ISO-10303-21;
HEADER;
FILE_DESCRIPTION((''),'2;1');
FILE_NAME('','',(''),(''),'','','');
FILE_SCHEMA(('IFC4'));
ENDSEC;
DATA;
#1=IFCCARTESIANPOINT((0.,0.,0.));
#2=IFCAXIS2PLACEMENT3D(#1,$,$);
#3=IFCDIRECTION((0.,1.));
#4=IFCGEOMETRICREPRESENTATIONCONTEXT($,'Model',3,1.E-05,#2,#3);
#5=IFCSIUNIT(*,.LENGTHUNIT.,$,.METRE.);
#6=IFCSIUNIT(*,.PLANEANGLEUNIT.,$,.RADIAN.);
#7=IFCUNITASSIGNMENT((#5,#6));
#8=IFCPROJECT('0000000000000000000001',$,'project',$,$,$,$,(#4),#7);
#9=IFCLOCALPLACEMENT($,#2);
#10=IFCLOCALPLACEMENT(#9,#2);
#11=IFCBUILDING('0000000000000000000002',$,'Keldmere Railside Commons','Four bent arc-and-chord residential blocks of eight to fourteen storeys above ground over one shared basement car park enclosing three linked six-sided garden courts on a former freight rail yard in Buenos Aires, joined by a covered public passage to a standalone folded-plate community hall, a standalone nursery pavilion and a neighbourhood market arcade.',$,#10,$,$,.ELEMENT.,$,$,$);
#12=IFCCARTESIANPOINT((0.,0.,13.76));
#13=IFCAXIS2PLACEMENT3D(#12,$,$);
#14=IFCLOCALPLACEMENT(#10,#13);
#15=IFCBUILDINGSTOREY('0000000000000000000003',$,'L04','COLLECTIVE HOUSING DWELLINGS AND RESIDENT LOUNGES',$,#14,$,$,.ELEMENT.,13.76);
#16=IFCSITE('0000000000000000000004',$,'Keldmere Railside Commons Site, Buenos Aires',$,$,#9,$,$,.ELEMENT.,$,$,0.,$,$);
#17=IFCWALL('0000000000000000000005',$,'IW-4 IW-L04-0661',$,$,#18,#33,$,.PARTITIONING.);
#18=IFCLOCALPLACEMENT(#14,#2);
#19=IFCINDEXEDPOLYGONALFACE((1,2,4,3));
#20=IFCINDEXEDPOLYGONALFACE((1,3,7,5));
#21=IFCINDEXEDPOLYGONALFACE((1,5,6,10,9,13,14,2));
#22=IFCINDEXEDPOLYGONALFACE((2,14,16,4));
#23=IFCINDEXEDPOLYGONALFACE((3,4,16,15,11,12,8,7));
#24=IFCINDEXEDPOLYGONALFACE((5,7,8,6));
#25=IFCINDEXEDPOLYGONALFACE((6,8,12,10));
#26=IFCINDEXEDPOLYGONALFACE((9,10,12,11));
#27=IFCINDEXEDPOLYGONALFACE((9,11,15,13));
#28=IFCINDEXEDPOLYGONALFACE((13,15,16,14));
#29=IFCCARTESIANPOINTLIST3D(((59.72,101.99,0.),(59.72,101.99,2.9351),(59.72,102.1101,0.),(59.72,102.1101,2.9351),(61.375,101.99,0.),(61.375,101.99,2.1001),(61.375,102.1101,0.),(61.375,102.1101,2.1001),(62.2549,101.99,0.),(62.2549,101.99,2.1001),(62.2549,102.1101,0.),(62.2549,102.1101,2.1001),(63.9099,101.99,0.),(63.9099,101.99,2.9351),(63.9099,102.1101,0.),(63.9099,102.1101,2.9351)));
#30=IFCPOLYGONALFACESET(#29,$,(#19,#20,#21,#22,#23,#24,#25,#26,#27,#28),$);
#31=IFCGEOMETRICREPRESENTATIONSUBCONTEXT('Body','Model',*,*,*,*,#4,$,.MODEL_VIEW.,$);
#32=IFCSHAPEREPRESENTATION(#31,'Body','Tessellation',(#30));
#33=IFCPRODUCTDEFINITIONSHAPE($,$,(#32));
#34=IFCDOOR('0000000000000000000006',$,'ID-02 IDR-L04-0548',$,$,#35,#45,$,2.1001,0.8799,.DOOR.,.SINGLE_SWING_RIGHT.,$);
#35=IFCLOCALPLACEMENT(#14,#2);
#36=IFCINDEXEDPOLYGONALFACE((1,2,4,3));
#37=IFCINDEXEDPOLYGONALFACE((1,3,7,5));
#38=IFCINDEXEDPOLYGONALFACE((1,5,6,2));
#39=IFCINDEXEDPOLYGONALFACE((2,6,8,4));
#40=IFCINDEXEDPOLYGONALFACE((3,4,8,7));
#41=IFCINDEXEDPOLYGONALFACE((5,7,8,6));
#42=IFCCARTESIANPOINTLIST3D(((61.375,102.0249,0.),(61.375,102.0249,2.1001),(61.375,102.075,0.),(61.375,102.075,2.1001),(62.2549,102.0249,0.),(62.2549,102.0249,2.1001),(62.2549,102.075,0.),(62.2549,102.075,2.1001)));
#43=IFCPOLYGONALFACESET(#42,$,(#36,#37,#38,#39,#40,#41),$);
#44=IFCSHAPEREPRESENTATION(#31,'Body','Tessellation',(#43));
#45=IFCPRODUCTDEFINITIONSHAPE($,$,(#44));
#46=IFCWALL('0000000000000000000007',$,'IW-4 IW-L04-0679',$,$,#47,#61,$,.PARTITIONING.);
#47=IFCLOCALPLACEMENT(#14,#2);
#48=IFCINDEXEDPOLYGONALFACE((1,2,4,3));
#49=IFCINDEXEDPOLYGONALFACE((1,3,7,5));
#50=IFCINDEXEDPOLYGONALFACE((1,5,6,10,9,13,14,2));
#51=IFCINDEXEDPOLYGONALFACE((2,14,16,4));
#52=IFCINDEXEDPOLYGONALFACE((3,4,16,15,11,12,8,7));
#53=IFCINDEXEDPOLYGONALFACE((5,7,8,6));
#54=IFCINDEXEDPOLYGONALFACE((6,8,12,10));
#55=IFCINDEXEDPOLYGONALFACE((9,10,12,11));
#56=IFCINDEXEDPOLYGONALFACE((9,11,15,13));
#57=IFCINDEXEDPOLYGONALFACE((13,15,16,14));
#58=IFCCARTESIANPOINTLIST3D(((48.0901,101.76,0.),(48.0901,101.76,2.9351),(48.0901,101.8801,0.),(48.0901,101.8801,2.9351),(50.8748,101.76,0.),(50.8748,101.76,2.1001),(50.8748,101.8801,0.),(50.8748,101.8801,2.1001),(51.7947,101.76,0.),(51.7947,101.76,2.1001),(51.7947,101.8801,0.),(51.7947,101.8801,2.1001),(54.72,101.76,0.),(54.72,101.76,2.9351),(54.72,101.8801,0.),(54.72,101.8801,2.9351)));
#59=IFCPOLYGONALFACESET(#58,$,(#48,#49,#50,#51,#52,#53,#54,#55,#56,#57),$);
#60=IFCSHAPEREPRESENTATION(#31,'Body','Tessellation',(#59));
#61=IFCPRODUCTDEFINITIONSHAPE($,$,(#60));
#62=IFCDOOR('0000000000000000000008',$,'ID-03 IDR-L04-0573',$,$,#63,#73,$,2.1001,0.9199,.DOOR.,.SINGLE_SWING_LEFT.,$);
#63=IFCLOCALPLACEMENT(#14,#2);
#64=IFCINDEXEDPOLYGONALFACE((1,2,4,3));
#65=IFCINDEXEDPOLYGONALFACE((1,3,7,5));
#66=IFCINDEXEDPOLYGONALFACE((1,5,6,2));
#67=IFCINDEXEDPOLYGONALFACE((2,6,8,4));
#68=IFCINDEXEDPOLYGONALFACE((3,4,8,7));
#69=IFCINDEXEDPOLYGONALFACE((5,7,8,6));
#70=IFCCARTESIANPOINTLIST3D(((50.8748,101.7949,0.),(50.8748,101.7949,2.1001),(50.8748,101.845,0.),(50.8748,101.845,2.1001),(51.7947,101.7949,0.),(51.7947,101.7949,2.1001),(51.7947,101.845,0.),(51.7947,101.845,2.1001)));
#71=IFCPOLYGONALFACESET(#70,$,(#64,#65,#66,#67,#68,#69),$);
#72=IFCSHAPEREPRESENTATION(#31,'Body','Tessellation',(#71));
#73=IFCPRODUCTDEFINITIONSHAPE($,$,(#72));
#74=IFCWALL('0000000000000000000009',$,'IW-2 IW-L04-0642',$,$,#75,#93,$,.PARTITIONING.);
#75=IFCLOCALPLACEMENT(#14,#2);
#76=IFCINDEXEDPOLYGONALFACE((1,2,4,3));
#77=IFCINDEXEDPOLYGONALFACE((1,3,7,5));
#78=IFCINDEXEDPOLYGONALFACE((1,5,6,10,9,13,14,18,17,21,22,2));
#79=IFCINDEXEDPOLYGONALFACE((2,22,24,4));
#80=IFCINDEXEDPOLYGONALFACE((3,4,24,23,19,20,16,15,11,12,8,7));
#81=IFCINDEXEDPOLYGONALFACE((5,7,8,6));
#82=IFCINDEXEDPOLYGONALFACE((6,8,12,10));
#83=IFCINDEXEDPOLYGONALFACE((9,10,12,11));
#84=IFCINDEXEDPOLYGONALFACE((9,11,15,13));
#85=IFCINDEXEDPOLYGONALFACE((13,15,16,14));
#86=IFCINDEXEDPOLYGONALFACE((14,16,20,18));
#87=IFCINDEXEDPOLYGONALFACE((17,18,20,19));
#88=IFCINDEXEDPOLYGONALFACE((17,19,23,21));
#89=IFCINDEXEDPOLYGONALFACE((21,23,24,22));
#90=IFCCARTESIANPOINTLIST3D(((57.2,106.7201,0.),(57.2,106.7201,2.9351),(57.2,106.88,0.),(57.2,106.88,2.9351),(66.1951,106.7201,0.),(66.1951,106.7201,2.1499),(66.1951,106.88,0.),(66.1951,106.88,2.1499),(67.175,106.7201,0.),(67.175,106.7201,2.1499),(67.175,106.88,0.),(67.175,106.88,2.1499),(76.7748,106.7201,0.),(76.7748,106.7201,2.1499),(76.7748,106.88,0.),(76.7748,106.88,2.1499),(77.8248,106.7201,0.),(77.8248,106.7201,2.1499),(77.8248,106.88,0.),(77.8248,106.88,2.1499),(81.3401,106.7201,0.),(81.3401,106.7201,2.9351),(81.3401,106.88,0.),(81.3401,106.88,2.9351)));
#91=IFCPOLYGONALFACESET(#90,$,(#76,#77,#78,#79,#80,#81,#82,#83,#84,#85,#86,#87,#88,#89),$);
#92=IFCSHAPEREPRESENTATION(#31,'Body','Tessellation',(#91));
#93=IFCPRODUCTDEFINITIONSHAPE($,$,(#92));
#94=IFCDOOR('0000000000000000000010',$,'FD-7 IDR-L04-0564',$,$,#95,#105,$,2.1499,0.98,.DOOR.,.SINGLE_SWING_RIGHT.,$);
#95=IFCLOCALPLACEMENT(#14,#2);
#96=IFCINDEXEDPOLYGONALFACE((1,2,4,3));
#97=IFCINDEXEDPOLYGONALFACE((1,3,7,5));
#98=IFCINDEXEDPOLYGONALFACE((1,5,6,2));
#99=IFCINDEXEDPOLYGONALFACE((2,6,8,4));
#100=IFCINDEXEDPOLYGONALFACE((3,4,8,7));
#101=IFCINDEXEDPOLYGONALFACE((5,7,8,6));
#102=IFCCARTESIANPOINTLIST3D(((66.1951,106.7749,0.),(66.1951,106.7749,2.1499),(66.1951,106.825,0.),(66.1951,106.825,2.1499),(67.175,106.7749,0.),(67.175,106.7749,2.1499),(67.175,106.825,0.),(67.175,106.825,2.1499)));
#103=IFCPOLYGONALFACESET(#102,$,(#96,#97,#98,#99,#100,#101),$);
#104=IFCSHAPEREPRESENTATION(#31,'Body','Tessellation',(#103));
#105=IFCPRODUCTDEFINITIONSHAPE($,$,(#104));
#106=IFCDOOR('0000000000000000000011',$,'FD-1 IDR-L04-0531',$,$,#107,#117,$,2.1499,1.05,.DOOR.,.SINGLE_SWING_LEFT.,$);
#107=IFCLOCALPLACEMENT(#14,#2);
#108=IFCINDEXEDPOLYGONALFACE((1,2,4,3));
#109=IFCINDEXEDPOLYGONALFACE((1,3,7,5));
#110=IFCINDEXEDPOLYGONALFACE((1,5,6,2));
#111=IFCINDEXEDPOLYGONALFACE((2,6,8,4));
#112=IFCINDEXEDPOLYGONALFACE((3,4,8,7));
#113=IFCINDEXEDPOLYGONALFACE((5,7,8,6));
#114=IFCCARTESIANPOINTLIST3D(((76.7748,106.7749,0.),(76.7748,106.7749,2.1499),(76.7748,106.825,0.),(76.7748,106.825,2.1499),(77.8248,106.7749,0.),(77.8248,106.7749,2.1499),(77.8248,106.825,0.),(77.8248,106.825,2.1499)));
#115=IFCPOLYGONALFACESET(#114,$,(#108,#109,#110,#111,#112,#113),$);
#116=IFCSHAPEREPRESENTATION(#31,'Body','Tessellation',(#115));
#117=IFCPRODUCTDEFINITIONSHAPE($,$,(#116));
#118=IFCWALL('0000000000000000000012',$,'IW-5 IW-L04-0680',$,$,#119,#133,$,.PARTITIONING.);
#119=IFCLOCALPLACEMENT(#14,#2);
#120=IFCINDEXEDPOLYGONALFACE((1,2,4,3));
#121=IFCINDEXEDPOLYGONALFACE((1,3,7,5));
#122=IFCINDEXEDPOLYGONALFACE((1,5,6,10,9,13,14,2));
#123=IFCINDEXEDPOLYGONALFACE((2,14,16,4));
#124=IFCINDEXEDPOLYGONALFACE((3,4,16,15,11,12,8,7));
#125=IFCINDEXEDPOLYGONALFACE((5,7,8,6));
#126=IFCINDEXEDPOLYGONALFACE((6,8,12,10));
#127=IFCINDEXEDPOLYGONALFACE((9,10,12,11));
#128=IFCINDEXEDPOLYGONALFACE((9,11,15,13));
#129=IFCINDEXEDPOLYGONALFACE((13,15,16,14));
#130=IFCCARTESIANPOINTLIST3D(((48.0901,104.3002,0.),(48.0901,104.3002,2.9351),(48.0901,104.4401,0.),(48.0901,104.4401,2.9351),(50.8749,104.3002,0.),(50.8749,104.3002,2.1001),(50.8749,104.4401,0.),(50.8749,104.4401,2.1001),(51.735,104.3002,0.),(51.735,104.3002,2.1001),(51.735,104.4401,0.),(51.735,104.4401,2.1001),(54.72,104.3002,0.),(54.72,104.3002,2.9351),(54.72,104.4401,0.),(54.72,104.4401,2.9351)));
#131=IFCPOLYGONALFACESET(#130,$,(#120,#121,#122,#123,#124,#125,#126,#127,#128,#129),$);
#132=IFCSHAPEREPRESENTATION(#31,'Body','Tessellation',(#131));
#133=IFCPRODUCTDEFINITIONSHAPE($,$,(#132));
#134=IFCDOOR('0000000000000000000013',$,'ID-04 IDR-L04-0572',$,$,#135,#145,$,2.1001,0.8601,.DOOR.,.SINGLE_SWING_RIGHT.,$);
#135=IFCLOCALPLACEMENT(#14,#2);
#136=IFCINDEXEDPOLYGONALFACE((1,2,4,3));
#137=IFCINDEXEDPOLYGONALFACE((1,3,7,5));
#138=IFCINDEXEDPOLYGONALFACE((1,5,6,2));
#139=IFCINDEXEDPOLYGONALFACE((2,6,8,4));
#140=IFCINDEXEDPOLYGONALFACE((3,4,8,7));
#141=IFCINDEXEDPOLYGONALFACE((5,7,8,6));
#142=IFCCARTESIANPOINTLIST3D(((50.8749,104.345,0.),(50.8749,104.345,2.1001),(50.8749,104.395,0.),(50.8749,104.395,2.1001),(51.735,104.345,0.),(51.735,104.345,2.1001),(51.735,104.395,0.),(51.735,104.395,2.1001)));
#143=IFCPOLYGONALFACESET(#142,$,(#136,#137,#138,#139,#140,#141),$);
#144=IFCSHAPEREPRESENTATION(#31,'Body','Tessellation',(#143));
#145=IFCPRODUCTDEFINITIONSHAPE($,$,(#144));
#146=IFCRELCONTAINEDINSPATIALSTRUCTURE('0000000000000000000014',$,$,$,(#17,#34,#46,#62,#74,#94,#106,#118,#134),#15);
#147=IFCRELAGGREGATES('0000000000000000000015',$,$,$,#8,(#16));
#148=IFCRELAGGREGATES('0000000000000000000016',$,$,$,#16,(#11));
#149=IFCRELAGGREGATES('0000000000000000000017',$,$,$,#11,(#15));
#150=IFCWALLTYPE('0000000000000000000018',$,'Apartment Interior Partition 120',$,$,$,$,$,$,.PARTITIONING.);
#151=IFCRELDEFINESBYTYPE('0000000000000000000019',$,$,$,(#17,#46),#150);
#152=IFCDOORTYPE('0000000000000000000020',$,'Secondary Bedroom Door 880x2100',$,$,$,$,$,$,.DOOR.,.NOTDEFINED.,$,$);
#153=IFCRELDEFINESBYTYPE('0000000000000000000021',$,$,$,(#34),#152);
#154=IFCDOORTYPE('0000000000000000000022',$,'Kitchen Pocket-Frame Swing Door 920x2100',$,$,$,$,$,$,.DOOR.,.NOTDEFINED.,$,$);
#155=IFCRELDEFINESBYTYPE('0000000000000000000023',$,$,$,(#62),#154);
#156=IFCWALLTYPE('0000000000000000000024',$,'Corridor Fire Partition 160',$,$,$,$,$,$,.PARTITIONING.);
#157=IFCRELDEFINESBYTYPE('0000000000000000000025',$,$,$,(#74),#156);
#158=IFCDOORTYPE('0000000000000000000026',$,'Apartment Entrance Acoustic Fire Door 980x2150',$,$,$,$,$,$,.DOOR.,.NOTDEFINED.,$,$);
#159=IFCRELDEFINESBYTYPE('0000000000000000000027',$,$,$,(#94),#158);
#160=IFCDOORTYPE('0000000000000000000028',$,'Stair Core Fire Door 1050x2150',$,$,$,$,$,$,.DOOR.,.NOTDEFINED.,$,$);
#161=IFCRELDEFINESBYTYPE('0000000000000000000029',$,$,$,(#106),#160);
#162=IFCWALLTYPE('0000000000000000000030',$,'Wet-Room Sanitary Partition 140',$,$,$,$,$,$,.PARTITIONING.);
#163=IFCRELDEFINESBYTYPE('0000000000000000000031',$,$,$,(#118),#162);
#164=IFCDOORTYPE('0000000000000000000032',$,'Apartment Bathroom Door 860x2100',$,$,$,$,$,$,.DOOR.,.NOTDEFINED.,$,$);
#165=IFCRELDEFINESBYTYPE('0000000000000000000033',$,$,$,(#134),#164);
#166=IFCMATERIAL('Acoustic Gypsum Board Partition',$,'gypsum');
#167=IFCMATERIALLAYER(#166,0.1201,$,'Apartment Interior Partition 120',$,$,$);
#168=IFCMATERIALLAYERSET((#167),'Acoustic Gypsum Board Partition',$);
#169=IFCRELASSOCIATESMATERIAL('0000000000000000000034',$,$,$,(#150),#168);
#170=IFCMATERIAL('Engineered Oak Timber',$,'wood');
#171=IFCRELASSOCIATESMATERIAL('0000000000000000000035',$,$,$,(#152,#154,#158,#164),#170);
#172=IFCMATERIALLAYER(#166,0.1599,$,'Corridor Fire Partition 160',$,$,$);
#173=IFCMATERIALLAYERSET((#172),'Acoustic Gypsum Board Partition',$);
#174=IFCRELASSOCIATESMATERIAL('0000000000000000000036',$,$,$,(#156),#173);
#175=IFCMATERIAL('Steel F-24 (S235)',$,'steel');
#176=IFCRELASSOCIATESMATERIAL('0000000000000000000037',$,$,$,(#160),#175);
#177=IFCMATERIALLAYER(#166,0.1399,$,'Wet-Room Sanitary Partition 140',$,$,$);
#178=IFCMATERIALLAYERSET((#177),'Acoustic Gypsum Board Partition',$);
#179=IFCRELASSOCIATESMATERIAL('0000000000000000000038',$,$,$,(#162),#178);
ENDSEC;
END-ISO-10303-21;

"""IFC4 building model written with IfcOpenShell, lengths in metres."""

from ifc_helpers import new_model, si_unit, direction, frame, frame_2d, origin, place, context, subcontext, project, spatial, rectangle, extrude, material, layer, layer_set, type_object, element, fill, save


model = new_model("IFC4")

# Units and contexts
model_context = context("Model", 3, precision=1e-05, world=origin(), true_north=direction((0.0, 1.0)))
body_context = subcontext(model_context, "Body", "Model", "MODEL_VIEW")
ifc_project = project(units=[si_unit("LENGTHUNIT", "METRE"), si_unit("PLANEANGLEUNIT", "RADIAN")], contexts=[model_context])

# Site, building, storey
site_placement = place(None, origin())
site = spatial("IfcSite", under=ifc_project, at=site_placement, Name="Keldmere Railside Commons Site, Buenos Aires", CompositionType="ELEMENT", RefElevation=0.0)
building_placement = place(site_placement, origin())
building = spatial("IfcBuilding", under=site, at=building_placement, Name="Keldmere Railside Commons", Description="Four bent arc-and-chord residential blocks of eight to fourteen storeys above ground over one shared basement car park enclosing three linked six-sided garden courts on a former freight rail yard in Buenos Aires, joined by a covered public passage to a standalone folded-plate community hall, a standalone nursery pavilion and a neighbourhood market arcade.", CompositionType="ELEMENT")
storey_placement = place(building_placement, frame((0.0, 0.0, 13.76)))
storey = spatial("IfcBuildingStorey", under=building, at=storey_placement, Name="L04", Description="COLLECTIVE HOUSING DWELLINGS AND RESIDENT LOUNGES", CompositionType="ELEMENT", Elevation=13.76)

# Shared definitions
ifc_material_1 = material(Name="Acoustic Gypsum Board Partition", Category="gypsum")

# Walls, openings, doors
ifc_layer_1 = layer(ifc_material_1, 0.1201, Name="Apartment Interior Partition 120")
ifc_layer_set_1 = layer_set([ifc_layer_1], Name="Acoustic Gypsum Board Partition")
wall_type_1 = type_object("IfcWallType", Name="Apartment Interior Partition 120", PredefinedType="PARTITIONING", material=ifc_layer_set_1)
wall_1_placement = place(storey_placement, frame((59.72, 102.05, 0.0), z_axis=(0.0, 0.0, 1.0), x_axis=(1.0, 0.0, 0.0)))
wall_1 = element("IfcWall", 1, at=wall_1_placement, inside=storey, type_object=wall_type_1, Name="IW-4 IW-L04-0661", PredefinedType="PARTITIONING", context=body_context, shape_type="SweptSolid", body=[
    extrude(rectangle(XDim=4.1899, YDim=0.1201, at=frame_2d((2.095, 0.0))), origin(), (0.0, 0.0, 1.0), 2.9351),
])
opening_1_placement = place(wall_1_placement, frame((1.655, 0.0, 0.0)))
opening_1 = element("IfcOpeningElement", 2, at=opening_1_placement, cuts=wall_1, PredefinedType="OPENING", context=body_context, shape_type="SweptSolid", body=[
    extrude(rectangle(XDim=0.8799, YDim=2.1001, at=frame_2d((0.4399, 1.05))), frame((0.0, 0.0701, 0.0), z_axis=(0.0, -1.0, 0.0), x_axis=(1.0, 0.0, 0.0)), (0.0, 0.0, 1.0), 0.1401),
])
ifc_material_2 = material(Name="Engineered Oak Timber", Category="wood")
door_type_1 = type_object("IfcDoorType", Name="Secondary Bedroom Door 880x2100", OperationType="NOTDEFINED", PredefinedType="DOOR", material=ifc_material_2)
door_1_placement = place(opening_1_placement, origin())
door_1 = element("IfcDoor", 3, at=door_1_placement, inside=storey, type_object=door_type_1, Name="ID-02 IDR-L04-0548", OperationType="SINGLE_SWING_RIGHT", OverallHeight=2.1001, OverallWidth=0.8799, PredefinedType="DOOR", context=body_context, shape_type="SweptSolid", body=[
    extrude(rectangle(XDim=0.8799, YDim=2.1001, at=frame_2d((0.4399, 1.05))), frame((0.0, 0.0249, 0.0), z_axis=(0.0, -1.0, 0.0), x_axis=(1.0, 0.0, 0.0)), (0.0, 0.0, 1.0), 0.05),
])
fill(opening_1, door_1)
wall_2_placement = place(storey_placement, frame((48.0901, 101.8201, 0.0), z_axis=(0.0, 0.0, 1.0), x_axis=(1.0, 0.0, 0.0)))
wall_2 = element("IfcWall", 4, at=wall_2_placement, inside=storey, type_object=wall_type_1, Name="IW-4 IW-L04-0679", PredefinedType="PARTITIONING", context=body_context, shape_type="SweptSolid", body=[
    extrude(rectangle(XDim=6.6299, YDim=0.1201, at=frame_2d((3.3149, 0.0))), origin(), (0.0, 0.0, 1.0), 2.9351),
])
opening_2_placement = place(wall_2_placement, frame((2.7847, 0.0, 0.0)))
opening_2 = element("IfcOpeningElement", 5, at=opening_2_placement, cuts=wall_2, PredefinedType="OPENING", context=body_context, shape_type="SweptSolid", body=[
    extrude(rectangle(XDim=0.9199, YDim=2.1001, at=frame_2d((0.46, 1.05))), frame((0.0, 0.0701, 0.0), z_axis=(0.0, -1.0, 0.0), x_axis=(1.0, 0.0, 0.0)), (0.0, 0.0, 1.0), 0.1401),
])
door_type_2 = type_object("IfcDoorType", Name="Kitchen Pocket-Frame Swing Door 920x2100", OperationType="NOTDEFINED", PredefinedType="DOOR", material=ifc_material_2)
door_2_placement = place(opening_2_placement, origin())
door_2 = element("IfcDoor", 6, at=door_2_placement, inside=storey, type_object=door_type_2, Name="ID-03 IDR-L04-0573", OperationType="SINGLE_SWING_LEFT", OverallHeight=2.1001, OverallWidth=0.9199, PredefinedType="DOOR", context=body_context, shape_type="SweptSolid", body=[
    extrude(rectangle(XDim=0.9199, YDim=2.1001, at=frame_2d((0.46, 1.05))), frame((0.0, 0.0249, 0.0), z_axis=(0.0, -1.0, 0.0), x_axis=(1.0, 0.0, 0.0)), (0.0, 0.0, 1.0), 0.05),
])
fill(opening_2, door_2)

# Wall, openings, doors
ifc_layer_2 = layer(ifc_material_1, 0.1599, Name="Corridor Fire Partition 160")
ifc_layer_set_2 = layer_set([ifc_layer_2], Name="Acoustic Gypsum Board Partition")
wall_type_2 = type_object("IfcWallType", Name="Corridor Fire Partition 160", PredefinedType="PARTITIONING", material=ifc_layer_set_2)
wall_3_placement = place(storey_placement, frame((57.2, 106.8, 0.0), z_axis=(0.0, 0.0, 1.0), x_axis=(1.0, 0.0, 0.0)))
wall_3 = element("IfcWall", 7, at=wall_3_placement, inside=storey, type_object=wall_type_2, Name="IW-2 IW-L04-0642", PredefinedType="PARTITIONING", context=body_context, shape_type="SweptSolid", body=[
    extrude(rectangle(XDim=24.1401, YDim=0.1599, at=frame_2d((12.0701, 0.0))), origin(), (0.0, 0.0, 1.0), 2.9351),
])
opening_3_placement = place(wall_3_placement, frame((19.575, 0.0, 0.0)))
opening_3 = element("IfcOpeningElement", 8, at=opening_3_placement, cuts=wall_3, PredefinedType="OPENING", context=body_context, shape_type="SweptSolid", body=[
    extrude(rectangle(XDim=1.05, YDim=2.1499, at=frame_2d((0.5249, 1.075))), frame((0.0, 0.0898, 0.0), z_axis=(0.0, -1.0, 0.0), x_axis=(1.0, 0.0, 0.0)), (0.0, 0.0, 1.0), 0.1799),
])
opening_4_placement = place(wall_3_placement, frame((8.9951, 0.0, 0.0)))
opening_4 = element("IfcOpeningElement", 9, at=opening_4_placement, cuts=wall_3, PredefinedType="OPENING", context=body_context, shape_type="SweptSolid", body=[
    extrude(rectangle(XDim=0.98, YDim=2.1499, at=frame_2d((0.49, 1.075))), frame((0.0, 0.0898, 0.0), z_axis=(0.0, -1.0, 0.0), x_axis=(1.0, 0.0, 0.0)), (0.0, 0.0, 1.0), 0.1799),
])
door_type_3 = type_object("IfcDoorType", Name="Apartment Entrance Acoustic Fire Door 980x2150", OperationType="NOTDEFINED", PredefinedType="DOOR", material=ifc_material_2)
door_3_placement = place(opening_4_placement, origin())
door_3 = element("IfcDoor", 10, at=door_3_placement, inside=storey, type_object=door_type_3, Name="FD-7 IDR-L04-0564", OperationType="SINGLE_SWING_RIGHT", OverallHeight=2.1499, OverallWidth=0.98, PredefinedType="DOOR", context=body_context, shape_type="SweptSolid", body=[
    extrude(rectangle(XDim=0.98, YDim=2.1499, at=frame_2d((0.49, 1.075))), frame((0.0, 0.0249, 0.0), z_axis=(0.0, -1.0, 0.0), x_axis=(1.0, 0.0, 0.0)), (0.0, 0.0, 1.0), 0.05),
])
fill(opening_4, door_3)
ifc_material_3 = material(Name="Steel F-24 (S235)", Category="steel")
door_type_4 = type_object("IfcDoorType", Name="Stair Core Fire Door 1050x2150", OperationType="NOTDEFINED", PredefinedType="DOOR", material=ifc_material_3)
door_4_placement = place(opening_3_placement, origin())
door_4 = element("IfcDoor", 11, at=door_4_placement, inside=storey, type_object=door_type_4, Name="FD-1 IDR-L04-0531", OperationType="SINGLE_SWING_LEFT", OverallHeight=2.1499, OverallWidth=1.05, PredefinedType="DOOR", context=body_context, shape_type="SweptSolid", body=[
    extrude(rectangle(XDim=1.05, YDim=2.1499, at=frame_2d((0.5249, 1.075))), frame((0.0, 0.0249, 0.0), z_axis=(0.0, -1.0, 0.0), x_axis=(1.0, 0.0, 0.0)), (0.0, 0.0, 1.0), 0.05),
])
fill(opening_3, door_4)

# Wall, opening, door
ifc_layer_3 = layer(ifc_material_1, 0.1399, Name="Wet-Room Sanitary Partition 140")
ifc_layer_set_3 = layer_set([ifc_layer_3], Name="Acoustic Gypsum Board Partition")
wall_type_3 = type_object("IfcWallType", Name="Wet-Room Sanitary Partition 140", PredefinedType="PARTITIONING", material=ifc_layer_set_3)
wall_4_placement = place(storey_placement, frame((48.0901, 104.3701, 0.0), z_axis=(0.0, 0.0, 1.0), x_axis=(1.0, 0.0, 0.0)))
wall_4 = element("IfcWall", 12, at=wall_4_placement, inside=storey, type_object=wall_type_3, Name="IW-5 IW-L04-0680", PredefinedType="PARTITIONING", context=body_context, shape_type="SweptSolid", body=[
    extrude(rectangle(XDim=6.6299, YDim=0.1399, at=frame_2d((3.3149, 0.0))), origin(), (0.0, 0.0, 1.0), 2.9351),
])
opening_5_placement = place(wall_4_placement, frame((2.7847, 0.0, 0.0)))
opening_5 = element("IfcOpeningElement", 13, at=opening_5_placement, cuts=wall_4, PredefinedType="OPENING", context=body_context, shape_type="SweptSolid", body=[
    extrude(rectangle(XDim=0.8601, YDim=2.1001, at=frame_2d((0.4302, 1.05))), frame((0.0, 0.0798, 0.0), z_axis=(0.0, -1.0, 0.0), x_axis=(1.0, 0.0, 0.0)), (0.0, 0.0, 1.0), 0.1599),
])
door_type_5 = type_object("IfcDoorType", Name="Apartment Bathroom Door 860x2100", OperationType="NOTDEFINED", PredefinedType="DOOR", material=ifc_material_2)
door_5_placement = place(opening_5_placement, origin())
door_5 = element("IfcDoor", 14, at=door_5_placement, inside=storey, type_object=door_type_5, Name="ID-04 IDR-L04-0572", OperationType="SINGLE_SWING_RIGHT", OverallHeight=2.1001, OverallWidth=0.8601, PredefinedType="DOOR", context=body_context, shape_type="SweptSolid", body=[
    extrude(rectangle(XDim=0.8601, YDim=2.1001, at=frame_2d((0.4302, 1.05))), frame((0.0, 0.0249, 0.0), z_axis=(0.0, -1.0, 0.0), x_axis=(1.0, 0.0, 0.0)), (0.0, 0.0, 1.0), 0.05),
])
fill(opening_5, door_5)

save(model, "model.ifc")
